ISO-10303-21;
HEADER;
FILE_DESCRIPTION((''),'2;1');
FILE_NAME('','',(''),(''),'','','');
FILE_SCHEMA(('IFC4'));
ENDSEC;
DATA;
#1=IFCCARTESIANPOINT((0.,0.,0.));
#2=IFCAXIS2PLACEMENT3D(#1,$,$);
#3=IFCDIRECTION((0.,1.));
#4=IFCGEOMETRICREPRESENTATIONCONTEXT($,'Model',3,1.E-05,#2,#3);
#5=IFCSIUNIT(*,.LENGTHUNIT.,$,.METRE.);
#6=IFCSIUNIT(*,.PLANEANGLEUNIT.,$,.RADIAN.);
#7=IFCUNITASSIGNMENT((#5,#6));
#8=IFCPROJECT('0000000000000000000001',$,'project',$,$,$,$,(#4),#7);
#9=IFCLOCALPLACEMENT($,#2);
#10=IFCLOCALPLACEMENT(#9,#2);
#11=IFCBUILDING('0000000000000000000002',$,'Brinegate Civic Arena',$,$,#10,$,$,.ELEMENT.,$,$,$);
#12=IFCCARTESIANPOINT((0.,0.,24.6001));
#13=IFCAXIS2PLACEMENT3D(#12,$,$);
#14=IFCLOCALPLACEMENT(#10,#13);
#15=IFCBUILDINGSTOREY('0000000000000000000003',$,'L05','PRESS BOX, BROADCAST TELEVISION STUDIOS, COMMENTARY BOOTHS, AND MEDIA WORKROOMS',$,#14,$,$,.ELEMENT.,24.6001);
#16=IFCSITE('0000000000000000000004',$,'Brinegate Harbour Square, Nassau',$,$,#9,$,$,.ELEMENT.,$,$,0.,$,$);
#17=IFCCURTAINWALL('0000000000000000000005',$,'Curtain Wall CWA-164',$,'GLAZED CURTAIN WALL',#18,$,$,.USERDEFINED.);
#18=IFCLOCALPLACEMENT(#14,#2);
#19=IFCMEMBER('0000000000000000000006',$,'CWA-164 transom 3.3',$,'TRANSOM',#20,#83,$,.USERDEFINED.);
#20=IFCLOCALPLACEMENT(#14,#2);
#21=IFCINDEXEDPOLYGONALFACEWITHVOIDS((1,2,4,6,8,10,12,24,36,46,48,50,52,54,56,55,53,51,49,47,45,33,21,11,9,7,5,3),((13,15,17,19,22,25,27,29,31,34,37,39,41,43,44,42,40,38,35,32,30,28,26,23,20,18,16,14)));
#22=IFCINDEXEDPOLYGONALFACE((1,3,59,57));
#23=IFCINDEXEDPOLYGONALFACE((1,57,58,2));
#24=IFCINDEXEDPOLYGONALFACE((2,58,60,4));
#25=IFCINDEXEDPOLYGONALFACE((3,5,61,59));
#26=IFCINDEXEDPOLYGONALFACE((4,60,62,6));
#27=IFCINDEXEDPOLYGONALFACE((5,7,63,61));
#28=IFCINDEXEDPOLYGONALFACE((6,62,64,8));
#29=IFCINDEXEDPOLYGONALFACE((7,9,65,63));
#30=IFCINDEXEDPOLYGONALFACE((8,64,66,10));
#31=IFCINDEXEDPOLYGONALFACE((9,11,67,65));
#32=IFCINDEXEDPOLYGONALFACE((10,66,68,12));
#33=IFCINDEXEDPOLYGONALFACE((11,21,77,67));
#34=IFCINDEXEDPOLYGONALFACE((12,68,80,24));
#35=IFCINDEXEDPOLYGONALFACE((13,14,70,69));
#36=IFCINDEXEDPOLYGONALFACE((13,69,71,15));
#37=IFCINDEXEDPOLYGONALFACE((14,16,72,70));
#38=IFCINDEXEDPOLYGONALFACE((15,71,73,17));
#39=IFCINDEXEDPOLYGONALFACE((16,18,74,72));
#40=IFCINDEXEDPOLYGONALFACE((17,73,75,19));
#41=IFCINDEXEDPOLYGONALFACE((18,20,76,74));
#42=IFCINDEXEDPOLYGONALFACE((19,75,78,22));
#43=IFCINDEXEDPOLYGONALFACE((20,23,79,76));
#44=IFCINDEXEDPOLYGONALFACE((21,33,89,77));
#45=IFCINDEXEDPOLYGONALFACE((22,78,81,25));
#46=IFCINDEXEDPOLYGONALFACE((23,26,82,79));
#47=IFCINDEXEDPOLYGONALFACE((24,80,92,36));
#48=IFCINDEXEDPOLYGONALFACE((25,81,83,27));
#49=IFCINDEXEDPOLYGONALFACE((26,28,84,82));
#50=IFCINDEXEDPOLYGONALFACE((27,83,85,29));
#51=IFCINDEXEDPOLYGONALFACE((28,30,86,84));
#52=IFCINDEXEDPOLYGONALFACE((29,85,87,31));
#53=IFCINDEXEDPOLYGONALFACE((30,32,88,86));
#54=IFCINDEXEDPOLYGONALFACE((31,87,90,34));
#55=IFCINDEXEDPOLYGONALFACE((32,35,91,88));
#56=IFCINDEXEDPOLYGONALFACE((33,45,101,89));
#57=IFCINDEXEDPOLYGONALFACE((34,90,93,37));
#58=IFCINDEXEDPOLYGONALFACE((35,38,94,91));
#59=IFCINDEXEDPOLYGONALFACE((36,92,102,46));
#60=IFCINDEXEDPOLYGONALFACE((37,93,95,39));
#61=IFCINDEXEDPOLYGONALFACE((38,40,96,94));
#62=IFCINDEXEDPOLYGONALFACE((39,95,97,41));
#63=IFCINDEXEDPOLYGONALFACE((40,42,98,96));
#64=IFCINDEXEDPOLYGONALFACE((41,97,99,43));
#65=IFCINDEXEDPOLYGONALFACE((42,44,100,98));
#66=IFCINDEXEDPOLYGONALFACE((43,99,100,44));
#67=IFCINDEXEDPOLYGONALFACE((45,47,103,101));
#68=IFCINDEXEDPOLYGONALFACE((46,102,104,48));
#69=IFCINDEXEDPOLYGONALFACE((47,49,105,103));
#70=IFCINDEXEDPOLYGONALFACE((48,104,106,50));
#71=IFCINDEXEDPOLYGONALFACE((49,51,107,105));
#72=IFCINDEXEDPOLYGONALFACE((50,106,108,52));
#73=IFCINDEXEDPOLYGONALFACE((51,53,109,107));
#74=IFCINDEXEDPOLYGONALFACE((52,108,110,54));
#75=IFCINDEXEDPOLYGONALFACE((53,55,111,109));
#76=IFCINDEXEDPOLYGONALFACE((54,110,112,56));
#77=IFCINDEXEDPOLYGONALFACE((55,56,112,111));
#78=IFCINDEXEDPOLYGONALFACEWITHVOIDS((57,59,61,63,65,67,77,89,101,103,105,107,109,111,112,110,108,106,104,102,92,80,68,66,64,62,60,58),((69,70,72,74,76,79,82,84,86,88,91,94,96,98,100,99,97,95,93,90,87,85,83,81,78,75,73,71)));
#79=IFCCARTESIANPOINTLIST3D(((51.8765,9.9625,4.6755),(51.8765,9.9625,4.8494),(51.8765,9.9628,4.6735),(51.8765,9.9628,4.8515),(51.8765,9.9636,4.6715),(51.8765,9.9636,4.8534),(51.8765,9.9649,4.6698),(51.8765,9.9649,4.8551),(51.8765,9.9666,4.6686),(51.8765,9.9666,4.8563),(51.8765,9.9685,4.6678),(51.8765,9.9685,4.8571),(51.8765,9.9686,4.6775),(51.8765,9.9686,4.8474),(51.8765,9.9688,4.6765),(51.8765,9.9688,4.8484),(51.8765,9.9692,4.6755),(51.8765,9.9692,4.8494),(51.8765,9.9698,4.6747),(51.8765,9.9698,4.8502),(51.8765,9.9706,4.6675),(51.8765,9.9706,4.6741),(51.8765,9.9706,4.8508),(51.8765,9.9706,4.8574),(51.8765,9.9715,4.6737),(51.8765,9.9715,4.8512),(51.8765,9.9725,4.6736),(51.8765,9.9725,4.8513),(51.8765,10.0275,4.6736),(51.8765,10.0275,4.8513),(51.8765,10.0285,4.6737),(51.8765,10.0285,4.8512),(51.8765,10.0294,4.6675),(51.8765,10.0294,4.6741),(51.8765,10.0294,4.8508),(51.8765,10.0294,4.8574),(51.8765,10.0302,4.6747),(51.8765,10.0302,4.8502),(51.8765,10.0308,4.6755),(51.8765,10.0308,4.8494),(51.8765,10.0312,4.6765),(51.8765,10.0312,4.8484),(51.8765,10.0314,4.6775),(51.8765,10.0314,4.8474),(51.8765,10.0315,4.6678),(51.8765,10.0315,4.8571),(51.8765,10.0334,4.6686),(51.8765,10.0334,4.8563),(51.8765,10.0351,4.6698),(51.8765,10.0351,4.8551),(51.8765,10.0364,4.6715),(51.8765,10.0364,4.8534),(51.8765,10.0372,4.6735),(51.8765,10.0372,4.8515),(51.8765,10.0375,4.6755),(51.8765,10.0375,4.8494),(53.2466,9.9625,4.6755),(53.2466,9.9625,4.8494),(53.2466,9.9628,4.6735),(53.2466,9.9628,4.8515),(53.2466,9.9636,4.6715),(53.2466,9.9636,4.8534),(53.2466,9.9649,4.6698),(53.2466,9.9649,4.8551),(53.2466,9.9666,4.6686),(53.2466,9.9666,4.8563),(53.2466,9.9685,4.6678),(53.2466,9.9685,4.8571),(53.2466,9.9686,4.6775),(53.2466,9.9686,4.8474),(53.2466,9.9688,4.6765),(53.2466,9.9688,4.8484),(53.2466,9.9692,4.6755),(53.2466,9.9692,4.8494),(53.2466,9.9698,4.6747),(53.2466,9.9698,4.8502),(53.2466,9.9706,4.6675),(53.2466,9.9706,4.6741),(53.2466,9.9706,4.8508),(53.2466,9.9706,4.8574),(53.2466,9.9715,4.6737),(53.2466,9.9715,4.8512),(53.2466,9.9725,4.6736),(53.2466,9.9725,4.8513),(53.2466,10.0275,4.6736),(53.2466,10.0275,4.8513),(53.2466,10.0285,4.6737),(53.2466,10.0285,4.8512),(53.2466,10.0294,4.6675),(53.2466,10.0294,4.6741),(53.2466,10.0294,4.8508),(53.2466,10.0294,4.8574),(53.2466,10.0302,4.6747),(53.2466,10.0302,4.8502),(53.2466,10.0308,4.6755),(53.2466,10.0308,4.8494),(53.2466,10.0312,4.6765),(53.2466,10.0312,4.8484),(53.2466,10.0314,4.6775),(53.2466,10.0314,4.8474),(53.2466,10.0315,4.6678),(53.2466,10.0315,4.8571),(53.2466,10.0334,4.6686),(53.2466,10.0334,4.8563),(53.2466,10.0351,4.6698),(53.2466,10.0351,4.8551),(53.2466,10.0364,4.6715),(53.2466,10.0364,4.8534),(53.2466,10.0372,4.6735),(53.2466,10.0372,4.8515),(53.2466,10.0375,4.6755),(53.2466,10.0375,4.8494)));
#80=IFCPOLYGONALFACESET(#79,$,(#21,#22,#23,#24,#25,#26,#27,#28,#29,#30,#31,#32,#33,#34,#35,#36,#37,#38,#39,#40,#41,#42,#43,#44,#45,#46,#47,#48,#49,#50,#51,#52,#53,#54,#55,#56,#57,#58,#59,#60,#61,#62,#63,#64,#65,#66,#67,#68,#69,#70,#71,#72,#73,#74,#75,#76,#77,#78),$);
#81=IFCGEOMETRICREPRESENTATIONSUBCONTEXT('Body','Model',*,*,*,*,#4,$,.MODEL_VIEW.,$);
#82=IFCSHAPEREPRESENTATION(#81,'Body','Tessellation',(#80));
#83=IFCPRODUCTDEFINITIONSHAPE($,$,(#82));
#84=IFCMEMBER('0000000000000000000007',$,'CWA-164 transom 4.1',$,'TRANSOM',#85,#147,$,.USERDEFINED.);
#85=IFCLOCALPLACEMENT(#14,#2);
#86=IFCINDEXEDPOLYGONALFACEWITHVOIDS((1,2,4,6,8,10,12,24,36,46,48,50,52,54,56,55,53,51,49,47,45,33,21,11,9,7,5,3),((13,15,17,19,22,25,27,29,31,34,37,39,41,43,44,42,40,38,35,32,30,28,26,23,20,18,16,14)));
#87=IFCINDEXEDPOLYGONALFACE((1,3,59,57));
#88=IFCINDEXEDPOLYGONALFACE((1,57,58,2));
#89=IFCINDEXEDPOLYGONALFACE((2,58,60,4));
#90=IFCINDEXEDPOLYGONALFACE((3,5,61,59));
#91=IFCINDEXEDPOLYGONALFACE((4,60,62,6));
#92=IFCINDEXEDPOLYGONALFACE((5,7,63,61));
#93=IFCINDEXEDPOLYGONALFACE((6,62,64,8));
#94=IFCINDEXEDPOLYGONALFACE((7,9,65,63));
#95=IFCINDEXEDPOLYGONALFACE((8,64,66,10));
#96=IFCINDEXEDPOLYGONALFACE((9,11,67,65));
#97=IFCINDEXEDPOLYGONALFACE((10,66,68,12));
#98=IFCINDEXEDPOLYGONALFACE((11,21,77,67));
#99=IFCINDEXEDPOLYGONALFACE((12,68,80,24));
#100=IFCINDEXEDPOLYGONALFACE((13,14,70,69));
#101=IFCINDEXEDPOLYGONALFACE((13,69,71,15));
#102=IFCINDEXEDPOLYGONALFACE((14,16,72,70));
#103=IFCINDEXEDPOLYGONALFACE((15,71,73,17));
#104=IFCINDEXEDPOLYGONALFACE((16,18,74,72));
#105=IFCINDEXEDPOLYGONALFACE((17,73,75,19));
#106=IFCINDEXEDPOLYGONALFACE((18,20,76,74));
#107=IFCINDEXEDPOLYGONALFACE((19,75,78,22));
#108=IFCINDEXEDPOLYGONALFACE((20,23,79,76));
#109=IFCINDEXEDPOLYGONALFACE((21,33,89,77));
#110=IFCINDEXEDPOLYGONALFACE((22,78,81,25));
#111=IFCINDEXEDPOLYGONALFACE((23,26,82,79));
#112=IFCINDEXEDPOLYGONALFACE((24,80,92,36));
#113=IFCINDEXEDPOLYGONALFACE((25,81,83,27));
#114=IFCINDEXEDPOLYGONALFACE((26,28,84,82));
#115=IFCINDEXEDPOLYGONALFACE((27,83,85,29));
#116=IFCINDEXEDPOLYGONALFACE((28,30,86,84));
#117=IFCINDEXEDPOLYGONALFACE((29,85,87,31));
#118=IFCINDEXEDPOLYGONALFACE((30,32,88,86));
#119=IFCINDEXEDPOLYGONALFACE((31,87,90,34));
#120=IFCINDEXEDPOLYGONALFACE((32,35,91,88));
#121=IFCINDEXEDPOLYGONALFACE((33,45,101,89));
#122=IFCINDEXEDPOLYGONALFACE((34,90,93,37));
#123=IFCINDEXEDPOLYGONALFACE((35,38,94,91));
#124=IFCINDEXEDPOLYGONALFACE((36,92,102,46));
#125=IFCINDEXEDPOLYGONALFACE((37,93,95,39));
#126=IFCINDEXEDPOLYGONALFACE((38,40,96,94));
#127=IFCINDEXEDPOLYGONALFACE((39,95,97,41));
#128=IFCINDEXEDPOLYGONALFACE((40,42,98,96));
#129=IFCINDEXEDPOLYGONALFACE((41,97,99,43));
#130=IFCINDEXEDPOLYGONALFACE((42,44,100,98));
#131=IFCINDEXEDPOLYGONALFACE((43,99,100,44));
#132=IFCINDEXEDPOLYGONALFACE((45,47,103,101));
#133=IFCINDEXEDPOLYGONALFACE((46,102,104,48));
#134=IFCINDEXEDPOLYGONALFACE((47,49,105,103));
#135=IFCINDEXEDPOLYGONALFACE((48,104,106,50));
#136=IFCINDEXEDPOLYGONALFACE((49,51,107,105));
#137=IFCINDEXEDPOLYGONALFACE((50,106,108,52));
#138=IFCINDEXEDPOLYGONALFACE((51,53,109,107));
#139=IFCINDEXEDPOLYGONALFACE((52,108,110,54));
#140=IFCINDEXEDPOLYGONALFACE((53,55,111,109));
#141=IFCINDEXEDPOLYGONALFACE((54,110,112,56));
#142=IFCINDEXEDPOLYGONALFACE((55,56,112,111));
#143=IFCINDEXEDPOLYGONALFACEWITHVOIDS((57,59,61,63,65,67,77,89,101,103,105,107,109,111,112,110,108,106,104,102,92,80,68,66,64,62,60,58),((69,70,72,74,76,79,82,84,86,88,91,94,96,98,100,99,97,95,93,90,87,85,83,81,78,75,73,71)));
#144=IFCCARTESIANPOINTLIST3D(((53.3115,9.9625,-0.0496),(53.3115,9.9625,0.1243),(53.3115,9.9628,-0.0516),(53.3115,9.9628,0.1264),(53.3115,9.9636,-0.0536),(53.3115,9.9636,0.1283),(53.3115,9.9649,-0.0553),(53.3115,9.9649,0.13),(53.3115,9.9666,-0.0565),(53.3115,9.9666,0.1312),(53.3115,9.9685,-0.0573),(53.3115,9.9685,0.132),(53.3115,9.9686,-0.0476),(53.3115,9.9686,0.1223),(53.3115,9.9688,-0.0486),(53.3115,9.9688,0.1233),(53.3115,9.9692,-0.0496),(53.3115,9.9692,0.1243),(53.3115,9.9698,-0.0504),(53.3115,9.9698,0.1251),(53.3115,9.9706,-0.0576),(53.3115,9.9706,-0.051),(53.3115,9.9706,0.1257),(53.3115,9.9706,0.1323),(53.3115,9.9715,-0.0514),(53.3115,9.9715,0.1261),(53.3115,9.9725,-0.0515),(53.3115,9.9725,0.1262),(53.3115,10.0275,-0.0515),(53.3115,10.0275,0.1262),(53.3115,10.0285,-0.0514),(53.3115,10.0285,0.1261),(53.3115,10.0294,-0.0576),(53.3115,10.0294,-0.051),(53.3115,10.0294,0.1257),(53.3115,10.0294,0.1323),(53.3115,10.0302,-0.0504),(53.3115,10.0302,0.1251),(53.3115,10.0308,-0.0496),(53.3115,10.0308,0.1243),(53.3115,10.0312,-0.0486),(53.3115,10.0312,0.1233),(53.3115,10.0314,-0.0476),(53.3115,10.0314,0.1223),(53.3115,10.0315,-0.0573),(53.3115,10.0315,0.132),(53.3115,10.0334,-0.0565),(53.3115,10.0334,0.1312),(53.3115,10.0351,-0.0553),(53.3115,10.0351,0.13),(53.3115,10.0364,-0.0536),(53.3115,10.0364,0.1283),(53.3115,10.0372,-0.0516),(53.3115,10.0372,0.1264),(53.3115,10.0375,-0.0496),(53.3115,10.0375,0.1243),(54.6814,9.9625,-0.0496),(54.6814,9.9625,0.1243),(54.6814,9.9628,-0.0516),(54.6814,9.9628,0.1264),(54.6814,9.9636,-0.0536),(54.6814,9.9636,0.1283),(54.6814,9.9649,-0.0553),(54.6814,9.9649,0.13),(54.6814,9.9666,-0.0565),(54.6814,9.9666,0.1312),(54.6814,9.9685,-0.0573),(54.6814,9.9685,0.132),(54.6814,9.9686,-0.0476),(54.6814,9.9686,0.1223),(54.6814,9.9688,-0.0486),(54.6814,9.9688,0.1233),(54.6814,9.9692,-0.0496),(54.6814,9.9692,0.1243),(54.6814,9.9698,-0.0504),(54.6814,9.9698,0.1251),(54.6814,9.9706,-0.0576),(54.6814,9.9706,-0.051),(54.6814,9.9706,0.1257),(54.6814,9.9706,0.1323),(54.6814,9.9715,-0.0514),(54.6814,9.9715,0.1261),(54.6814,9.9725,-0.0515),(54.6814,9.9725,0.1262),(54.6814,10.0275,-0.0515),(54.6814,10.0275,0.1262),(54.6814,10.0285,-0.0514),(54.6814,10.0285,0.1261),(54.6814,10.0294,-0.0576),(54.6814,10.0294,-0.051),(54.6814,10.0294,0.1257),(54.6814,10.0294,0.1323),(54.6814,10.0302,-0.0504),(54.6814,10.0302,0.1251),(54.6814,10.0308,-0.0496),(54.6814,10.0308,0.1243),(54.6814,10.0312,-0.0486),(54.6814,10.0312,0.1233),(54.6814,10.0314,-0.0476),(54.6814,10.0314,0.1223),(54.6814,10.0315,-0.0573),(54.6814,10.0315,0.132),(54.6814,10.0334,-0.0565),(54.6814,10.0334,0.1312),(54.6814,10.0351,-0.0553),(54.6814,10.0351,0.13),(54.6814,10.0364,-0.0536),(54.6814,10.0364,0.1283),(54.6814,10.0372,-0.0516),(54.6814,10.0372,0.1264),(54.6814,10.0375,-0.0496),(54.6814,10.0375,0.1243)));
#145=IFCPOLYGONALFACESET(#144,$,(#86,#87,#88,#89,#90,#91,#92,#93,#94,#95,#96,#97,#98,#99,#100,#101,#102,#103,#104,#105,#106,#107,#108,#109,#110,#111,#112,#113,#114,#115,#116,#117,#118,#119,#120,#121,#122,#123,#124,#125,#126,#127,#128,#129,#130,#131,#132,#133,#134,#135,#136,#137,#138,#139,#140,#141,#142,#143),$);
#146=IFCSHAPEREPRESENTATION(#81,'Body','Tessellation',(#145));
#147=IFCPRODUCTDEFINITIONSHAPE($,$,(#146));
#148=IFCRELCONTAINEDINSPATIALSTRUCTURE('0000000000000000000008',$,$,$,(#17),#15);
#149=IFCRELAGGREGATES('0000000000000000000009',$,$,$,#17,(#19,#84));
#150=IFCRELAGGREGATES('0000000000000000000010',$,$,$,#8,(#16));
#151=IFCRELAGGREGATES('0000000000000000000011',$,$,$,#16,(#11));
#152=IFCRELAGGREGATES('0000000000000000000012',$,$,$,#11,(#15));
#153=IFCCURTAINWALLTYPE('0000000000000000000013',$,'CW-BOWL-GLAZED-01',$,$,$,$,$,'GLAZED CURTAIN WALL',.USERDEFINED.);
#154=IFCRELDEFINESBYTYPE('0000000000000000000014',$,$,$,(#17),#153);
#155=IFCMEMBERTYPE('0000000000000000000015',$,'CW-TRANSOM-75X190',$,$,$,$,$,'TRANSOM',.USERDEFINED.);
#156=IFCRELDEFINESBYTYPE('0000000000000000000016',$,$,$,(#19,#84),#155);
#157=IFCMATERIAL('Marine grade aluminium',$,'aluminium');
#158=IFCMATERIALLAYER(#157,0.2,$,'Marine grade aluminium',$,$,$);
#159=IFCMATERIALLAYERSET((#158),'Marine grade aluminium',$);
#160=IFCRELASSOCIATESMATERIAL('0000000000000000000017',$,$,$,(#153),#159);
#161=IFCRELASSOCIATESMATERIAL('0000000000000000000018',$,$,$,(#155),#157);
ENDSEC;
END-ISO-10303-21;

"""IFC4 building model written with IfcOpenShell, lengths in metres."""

from ifc_helpers import new_model, si_unit, direction, frame, origin, origin_2d, place, context, subcontext, project, spatial, hollow_rectangle, extrude, material, layer, layer_set, material_profile, profile_set, type_object, element, aggregate, save


model = new_model("IFC4")

# Units and contexts
model_context = context("Model", 3, precision=1e-05, world=origin(), true_north=direction((0.0, 1.0)))
body_context = subcontext(model_context, "Body", "Model", "MODEL_VIEW")
ifc_project = project(units=[si_unit("LENGTHUNIT", "METRE"), si_unit("PLANEANGLEUNIT", "RADIAN")], contexts=[model_context])

# Site, building, storey
site_placement = place(None, origin())
site = spatial("IfcSite", under=ifc_project, at=site_placement, Name="Brinegate Harbour Square, Nassau", CompositionType="ELEMENT", RefElevation=0.0)
building_placement = place(site_placement, origin())
building = spatial("IfcBuilding", under=site, at=building_placement, Name="Brinegate Civic Arena", CompositionType="ELEMENT")
storey_placement = place(building_placement, frame((0.0, 0.0, 24.6001)))
storey = spatial("IfcBuildingStorey", under=building, at=storey_placement, Name="L05", Description="PRESS BOX, BROADCAST TELEVISION STUDIOS, COMMENTARY BOOTHS, AND MEDIA WORKROOMS", CompositionType="ELEMENT", Elevation=24.6001)

# Curtain wall, members
ifc_material_1 = material(Name="Marine grade aluminium", Category="aluminium")
ifc_layer_1 = layer(ifc_material_1, 0.2, Name="Marine grade aluminium")
ifc_layer_set_1 = layer_set([ifc_layer_1], Name="Marine grade aluminium")
curtain_wall_type = type_object("IfcCurtainWallType", Name="CW-BOWL-GLAZED-01", ElementType="GLAZED CURTAIN WALL", PredefinedType="USERDEFINED", material=ifc_layer_set_1)
curtain_wall_placement = place(storey_placement, origin())
curtain_wall = element("IfcCurtainWall", 1, at=curtain_wall_placement, inside=storey, type_object=curtain_wall_type, Name="Curtain Wall CWA-164", ObjectType="GLAZED CURTAIN WALL", PredefinedType="USERDEFINED")
ifc_material_profile_1 = material_profile(ifc_material_1, hollow_rectangle(XDim=0.075, YDim=0.1899, WallThickness=0.0061, InnerFilletRadius=0.0039, OuterFilletRadius=0.0081, at=origin_2d()), Name="TRN75X190")
ifc_profile_set_1 = profile_set([ifc_material_profile_1], Name="Marine grade aluminium")
member_type_1 = type_object("IfcMemberType", Name="CW-TRANSOM-75X190", ElementType="TRANSOM", PredefinedType="USERDEFINED", material=ifc_profile_set_1)
member_1_placement = place(storey_placement, frame((51.8765, 10.0, 4.7625), z_axis=(1.0, 0.0, 0.0), x_axis=(0.0, 1.0, 0.0)))
member_1 = element("IfcMember", 2, at=member_1_placement, type_object=member_type_1, Name="CWA-164 transom 3.3", ObjectType="TRANSOM", PredefinedType="USERDEFINED", context=body_context, shape_type="SweptSolid", body=[
    extrude(hollow_rectangle(XDim=0.075, YDim=0.1899, WallThickness=0.0061, InnerFilletRadius=0.0039, OuterFilletRadius=0.0081, at=origin_2d()), origin(), (0.0, 0.0, 1.0), 1.3701),
])
member_2_placement = place(storey_placement, frame((53.3115, 10.0, 0.0374), z_axis=(1.0, 0.0, 0.0), x_axis=(0.0, 1.0, 0.0)))
member_2 = element("IfcMember", 3, at=member_2_placement, type_object=member_type_1, Name="CWA-164 transom 4.1", ObjectType="TRANSOM", PredefinedType="USERDEFINED", context=body_context, shape_type="SweptSolid", body=[
    extrude(hollow_rectangle(XDim=0.075, YDim=0.1899, WallThickness=0.0061, InnerFilletRadius=0.0039, OuterFilletRadius=0.0081, at=origin_2d()), origin(), (0.0, 0.0, 1.0), 1.3699),
])

aggregate(curtain_wall, [member_1, member_2])

save(model, "model.ifc")
